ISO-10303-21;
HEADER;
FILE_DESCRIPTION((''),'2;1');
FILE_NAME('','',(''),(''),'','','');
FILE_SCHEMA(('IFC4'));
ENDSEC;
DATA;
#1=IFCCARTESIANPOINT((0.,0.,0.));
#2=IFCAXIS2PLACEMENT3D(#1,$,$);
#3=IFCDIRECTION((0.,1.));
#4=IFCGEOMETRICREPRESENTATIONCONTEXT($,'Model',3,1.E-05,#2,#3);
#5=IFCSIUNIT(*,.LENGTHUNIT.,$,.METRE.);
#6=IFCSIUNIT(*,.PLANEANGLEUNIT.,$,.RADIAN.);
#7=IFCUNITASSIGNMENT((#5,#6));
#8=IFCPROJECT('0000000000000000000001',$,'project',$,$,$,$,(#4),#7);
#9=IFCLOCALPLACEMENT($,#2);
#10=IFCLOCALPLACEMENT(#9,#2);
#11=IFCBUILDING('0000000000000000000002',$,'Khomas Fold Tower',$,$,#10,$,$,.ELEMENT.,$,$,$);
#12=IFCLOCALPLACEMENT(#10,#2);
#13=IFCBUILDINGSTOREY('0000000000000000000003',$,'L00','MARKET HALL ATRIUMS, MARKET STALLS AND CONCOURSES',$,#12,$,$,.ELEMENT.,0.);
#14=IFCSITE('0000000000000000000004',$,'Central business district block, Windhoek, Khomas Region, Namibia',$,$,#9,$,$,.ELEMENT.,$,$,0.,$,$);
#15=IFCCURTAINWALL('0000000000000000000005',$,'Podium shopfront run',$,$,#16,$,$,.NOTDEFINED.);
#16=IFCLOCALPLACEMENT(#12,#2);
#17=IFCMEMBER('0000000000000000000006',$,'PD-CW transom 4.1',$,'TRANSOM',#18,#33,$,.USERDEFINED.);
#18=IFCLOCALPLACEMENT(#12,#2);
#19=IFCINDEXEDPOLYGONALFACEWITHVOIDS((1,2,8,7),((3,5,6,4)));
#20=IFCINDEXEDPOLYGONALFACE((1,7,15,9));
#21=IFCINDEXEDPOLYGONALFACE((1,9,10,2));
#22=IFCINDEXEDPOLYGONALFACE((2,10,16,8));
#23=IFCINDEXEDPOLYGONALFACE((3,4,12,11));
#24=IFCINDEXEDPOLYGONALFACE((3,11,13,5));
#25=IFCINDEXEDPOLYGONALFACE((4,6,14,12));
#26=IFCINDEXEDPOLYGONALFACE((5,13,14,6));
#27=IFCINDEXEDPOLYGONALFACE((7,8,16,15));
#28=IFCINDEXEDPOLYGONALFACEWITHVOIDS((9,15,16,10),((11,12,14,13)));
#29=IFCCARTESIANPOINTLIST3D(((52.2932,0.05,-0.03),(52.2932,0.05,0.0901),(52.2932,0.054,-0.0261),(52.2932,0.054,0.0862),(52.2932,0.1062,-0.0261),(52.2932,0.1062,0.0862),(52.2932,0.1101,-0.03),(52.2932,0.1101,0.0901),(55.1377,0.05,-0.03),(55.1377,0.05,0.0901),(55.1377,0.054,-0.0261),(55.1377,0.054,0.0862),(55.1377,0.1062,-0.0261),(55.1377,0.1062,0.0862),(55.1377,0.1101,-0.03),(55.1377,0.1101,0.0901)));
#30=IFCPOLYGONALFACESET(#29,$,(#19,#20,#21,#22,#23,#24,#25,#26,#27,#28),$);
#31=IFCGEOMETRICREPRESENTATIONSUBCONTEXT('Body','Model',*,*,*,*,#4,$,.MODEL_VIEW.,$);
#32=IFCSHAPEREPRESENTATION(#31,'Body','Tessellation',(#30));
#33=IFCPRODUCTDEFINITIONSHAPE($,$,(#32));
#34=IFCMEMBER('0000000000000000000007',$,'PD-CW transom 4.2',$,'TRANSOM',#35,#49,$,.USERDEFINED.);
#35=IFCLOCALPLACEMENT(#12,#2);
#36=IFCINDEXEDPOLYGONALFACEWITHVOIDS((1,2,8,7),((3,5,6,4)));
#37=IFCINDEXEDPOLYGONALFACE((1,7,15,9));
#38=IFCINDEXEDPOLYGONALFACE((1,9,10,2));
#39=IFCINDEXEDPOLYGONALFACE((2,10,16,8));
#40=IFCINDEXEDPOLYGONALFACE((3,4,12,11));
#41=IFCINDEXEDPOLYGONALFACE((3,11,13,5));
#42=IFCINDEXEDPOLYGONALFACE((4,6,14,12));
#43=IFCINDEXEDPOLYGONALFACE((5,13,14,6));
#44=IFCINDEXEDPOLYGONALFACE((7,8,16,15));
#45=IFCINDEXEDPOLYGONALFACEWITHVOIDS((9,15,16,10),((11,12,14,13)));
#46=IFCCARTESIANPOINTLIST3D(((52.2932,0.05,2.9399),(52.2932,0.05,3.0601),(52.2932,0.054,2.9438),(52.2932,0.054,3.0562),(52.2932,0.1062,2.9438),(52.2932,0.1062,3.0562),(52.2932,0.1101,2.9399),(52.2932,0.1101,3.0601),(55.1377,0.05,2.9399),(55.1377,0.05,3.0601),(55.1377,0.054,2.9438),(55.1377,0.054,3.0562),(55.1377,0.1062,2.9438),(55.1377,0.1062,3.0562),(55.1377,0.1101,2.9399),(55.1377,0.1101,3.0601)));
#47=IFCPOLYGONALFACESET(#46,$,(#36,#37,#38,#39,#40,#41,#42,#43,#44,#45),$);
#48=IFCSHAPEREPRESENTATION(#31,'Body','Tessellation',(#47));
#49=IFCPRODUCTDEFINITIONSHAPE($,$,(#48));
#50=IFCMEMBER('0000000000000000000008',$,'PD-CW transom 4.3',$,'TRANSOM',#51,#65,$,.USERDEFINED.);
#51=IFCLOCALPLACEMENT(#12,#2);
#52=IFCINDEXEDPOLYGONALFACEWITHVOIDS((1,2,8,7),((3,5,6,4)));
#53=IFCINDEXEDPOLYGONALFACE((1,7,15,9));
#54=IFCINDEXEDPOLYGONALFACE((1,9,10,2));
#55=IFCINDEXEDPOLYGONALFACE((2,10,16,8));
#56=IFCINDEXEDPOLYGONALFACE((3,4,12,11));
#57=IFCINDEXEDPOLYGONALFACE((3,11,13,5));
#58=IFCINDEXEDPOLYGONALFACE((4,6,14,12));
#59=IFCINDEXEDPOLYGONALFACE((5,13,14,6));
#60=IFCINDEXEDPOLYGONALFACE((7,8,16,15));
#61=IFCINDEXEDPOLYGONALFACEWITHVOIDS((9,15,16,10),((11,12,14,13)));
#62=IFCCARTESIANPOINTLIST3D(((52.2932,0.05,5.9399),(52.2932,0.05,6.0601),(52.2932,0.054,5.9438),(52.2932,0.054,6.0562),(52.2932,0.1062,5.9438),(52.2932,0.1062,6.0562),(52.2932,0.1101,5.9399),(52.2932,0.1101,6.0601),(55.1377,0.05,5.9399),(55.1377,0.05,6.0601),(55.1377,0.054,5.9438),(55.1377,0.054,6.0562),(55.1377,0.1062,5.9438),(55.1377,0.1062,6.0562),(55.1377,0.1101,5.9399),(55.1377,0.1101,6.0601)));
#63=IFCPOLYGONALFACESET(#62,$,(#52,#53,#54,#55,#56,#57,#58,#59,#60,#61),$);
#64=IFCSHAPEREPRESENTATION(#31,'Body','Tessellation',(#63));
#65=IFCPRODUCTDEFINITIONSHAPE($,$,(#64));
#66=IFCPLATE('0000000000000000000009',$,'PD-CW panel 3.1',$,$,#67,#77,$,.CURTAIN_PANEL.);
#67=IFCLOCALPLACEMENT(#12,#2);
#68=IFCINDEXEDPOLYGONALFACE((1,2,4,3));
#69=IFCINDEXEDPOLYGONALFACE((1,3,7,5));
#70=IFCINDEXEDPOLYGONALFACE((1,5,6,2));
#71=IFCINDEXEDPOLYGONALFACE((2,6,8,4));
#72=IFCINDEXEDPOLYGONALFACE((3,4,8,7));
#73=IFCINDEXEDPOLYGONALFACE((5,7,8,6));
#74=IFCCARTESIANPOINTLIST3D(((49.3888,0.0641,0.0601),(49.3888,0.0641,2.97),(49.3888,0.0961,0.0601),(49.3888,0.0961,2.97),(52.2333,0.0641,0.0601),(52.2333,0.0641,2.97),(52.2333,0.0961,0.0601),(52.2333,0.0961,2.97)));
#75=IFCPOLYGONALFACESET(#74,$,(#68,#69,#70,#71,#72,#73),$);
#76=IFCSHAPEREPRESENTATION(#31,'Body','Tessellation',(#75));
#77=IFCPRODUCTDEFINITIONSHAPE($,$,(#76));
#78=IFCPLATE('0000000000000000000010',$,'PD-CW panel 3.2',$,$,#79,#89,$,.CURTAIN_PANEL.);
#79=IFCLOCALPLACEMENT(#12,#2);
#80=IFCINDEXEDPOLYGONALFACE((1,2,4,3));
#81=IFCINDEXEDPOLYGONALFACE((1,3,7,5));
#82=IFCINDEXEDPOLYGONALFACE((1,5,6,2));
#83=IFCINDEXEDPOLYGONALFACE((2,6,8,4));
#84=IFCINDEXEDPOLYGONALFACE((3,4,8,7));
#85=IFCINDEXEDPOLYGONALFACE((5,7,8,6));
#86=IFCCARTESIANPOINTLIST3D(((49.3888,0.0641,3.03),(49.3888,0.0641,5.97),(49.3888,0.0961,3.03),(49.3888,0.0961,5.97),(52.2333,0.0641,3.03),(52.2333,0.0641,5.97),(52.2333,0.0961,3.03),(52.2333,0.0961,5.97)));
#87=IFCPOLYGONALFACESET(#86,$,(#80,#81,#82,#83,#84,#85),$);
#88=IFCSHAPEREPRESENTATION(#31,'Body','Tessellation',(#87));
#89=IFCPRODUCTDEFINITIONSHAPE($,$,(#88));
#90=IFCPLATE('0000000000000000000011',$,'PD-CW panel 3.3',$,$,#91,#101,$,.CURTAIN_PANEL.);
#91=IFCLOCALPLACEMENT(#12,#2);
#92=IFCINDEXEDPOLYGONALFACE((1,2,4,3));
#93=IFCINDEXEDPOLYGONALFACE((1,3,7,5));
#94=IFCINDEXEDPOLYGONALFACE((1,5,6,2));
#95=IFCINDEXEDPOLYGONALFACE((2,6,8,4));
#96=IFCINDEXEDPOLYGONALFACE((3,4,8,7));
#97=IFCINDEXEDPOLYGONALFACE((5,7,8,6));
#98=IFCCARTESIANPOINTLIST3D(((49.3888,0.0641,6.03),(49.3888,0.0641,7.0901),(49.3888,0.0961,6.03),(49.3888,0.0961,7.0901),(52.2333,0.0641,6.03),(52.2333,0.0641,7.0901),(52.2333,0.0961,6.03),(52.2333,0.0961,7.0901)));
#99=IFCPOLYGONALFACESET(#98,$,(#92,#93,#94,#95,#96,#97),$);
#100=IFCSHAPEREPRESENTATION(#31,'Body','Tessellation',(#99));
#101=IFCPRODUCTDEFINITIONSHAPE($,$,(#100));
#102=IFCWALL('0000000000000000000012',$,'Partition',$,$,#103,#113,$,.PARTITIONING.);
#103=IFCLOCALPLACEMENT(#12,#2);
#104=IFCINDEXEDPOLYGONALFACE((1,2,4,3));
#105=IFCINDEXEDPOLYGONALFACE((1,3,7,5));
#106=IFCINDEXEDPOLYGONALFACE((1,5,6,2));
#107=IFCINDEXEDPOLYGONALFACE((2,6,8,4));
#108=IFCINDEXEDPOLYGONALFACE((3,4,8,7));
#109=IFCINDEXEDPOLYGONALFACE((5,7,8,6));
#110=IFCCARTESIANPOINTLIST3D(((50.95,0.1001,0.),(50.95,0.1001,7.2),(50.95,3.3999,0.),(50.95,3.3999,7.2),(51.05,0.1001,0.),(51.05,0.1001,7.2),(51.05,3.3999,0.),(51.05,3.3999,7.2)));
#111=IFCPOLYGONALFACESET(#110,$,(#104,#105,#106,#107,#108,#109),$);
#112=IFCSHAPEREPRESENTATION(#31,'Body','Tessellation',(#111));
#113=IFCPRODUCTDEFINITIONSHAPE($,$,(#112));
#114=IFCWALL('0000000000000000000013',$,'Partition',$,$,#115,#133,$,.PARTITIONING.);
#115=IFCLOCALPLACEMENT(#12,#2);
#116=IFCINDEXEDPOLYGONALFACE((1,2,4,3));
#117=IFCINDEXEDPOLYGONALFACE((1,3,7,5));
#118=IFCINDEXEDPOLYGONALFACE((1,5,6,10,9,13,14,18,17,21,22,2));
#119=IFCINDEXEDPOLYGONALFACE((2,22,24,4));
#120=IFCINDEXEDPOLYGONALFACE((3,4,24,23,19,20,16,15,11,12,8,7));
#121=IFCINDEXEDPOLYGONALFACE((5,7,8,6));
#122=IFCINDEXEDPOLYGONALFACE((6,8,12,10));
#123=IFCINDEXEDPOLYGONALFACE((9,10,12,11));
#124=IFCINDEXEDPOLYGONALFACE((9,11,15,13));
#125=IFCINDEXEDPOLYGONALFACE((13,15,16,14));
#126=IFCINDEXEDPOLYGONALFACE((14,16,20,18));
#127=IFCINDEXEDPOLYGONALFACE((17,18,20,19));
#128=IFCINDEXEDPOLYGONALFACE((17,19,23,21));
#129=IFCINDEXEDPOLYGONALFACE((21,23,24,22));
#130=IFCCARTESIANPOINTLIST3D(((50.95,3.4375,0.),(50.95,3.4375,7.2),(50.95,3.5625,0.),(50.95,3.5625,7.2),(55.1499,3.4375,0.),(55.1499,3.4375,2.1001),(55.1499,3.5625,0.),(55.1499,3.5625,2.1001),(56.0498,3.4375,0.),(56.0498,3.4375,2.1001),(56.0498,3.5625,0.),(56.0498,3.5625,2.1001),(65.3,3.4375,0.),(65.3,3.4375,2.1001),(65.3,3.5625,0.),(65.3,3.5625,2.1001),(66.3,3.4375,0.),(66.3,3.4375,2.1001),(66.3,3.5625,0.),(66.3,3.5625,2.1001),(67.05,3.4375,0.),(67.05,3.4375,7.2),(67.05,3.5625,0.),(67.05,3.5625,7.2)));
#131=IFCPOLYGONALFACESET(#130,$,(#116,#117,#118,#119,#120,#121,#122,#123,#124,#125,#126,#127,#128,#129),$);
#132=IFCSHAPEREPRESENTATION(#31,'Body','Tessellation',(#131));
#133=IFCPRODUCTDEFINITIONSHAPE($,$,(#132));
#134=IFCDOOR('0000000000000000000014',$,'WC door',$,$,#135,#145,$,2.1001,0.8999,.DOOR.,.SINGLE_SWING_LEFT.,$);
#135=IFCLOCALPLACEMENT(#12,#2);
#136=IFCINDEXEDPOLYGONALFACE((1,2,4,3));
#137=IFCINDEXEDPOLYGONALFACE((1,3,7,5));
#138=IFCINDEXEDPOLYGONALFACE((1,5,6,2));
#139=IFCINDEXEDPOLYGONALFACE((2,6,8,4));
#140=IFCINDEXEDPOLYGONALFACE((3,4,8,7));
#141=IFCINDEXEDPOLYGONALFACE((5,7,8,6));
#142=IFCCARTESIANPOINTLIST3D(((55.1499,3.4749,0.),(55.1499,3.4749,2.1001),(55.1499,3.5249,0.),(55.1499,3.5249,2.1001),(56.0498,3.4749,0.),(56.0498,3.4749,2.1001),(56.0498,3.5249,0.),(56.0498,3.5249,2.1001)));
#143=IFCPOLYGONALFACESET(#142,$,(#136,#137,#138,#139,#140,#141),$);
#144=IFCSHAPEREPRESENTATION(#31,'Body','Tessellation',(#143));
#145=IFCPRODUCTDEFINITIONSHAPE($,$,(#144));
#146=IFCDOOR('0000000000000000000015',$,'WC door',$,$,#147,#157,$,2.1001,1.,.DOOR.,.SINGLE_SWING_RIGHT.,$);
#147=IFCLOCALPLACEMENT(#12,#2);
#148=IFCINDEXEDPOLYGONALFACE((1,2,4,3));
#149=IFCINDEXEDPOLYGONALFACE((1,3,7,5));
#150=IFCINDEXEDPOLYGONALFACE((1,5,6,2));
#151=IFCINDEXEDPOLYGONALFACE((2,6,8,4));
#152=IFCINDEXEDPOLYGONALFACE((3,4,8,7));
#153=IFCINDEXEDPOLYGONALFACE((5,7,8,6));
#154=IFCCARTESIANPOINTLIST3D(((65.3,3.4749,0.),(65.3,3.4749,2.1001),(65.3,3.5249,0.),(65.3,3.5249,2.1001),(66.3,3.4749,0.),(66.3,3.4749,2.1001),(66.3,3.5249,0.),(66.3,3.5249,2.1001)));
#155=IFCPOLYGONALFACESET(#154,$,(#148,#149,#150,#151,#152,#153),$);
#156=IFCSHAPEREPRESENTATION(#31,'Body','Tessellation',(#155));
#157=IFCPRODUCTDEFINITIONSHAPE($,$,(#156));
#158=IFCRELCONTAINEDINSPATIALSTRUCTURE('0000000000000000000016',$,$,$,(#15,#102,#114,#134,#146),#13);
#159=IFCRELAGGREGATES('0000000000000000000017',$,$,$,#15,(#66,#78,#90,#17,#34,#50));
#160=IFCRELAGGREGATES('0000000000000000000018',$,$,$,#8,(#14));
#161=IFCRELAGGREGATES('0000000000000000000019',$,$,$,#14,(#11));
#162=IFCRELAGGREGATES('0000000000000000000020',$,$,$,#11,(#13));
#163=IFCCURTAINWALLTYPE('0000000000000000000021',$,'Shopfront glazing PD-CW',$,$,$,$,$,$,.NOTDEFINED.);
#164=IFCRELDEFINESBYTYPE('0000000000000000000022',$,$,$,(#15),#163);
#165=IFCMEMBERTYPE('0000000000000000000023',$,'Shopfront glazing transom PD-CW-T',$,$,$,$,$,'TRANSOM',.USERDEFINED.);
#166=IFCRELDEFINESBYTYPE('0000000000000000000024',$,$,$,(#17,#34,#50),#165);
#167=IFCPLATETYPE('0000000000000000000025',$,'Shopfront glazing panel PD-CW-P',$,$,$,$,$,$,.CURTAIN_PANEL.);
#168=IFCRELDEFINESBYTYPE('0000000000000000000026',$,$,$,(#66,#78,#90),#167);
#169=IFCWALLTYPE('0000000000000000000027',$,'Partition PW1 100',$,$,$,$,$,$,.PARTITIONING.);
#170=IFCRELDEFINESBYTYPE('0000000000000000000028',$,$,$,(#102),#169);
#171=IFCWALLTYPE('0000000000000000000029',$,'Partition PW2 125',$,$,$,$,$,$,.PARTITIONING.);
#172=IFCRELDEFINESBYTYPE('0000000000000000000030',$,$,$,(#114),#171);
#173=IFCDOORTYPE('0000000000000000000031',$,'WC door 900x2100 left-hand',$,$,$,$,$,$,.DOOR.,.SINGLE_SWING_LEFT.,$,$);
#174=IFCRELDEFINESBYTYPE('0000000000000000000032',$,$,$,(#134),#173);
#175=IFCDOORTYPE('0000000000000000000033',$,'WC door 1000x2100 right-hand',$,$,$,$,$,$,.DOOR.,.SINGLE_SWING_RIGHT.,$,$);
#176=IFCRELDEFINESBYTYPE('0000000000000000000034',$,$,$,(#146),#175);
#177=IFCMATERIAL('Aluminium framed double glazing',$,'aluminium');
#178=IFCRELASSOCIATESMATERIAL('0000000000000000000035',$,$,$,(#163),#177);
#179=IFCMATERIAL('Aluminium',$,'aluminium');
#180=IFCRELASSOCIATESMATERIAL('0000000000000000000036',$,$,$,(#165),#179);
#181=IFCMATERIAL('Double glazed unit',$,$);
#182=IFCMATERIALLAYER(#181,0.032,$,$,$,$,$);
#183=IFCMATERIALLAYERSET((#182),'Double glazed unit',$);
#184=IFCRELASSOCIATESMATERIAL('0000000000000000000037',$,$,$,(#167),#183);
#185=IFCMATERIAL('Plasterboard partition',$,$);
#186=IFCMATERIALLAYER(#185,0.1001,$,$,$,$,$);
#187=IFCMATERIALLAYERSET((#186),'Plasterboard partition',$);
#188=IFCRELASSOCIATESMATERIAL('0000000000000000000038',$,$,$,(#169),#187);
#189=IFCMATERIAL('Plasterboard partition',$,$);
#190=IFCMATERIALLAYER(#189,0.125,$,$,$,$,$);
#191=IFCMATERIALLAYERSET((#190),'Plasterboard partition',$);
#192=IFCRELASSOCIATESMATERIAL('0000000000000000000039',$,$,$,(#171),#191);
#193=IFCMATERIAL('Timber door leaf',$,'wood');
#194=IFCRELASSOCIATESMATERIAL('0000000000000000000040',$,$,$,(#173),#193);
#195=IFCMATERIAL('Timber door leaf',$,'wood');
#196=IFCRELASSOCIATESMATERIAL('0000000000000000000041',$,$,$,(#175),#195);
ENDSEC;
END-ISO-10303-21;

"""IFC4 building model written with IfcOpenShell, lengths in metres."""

from ifc_helpers import new_model, si_unit, direction, frame, frame_2d, origin, origin_2d, place, context, subcontext, project, spatial, rectangle, hollow_rectangle, extrude, source, transform, mapped, material, layer, layer_set, material_profile, profile_set, type_object, element, fill, aggregate, save


model = new_model("IFC4")

# Units and contexts
model_context = context("Model", 3, precision=1e-05, world=origin(), true_north=direction((0.0, 1.0)))
body_context = subcontext(model_context, "Body", "Model", "MODEL_VIEW")
ifc_project = project(units=[si_unit("LENGTHUNIT", "METRE"), si_unit("PLANEANGLEUNIT", "RADIAN")], contexts=[model_context])

# Site, building, storey
site_placement = place(None, origin())
site = spatial("IfcSite", under=ifc_project, at=site_placement, Name="Central business district block, Windhoek, Khomas Region, Namibia", CompositionType="ELEMENT", RefElevation=0.0)
building_placement = place(site_placement, origin())
building = spatial("IfcBuilding", under=site, at=building_placement, Name="Khomas Fold Tower", CompositionType="ELEMENT")
storey_placement = place(building_placement, origin())
storey = spatial("IfcBuildingStorey", under=building, at=storey_placement, Name="L00", Description="MARKET HALL ATRIUMS, MARKET STALLS AND CONCOURSES", CompositionType="ELEMENT", Elevation=0.0)

# Curtain wall, members, plates
ifc_material_1 = material(Name="Aluminium framed double glazing", Category="aluminium")
curtain_wall_type = type_object("IfcCurtainWallType", Name="Shopfront glazing PD-CW", PredefinedType="NOTDEFINED", material=ifc_material_1)
curtain_wall_placement = place(storey_placement, origin())
curtain_wall = element("IfcCurtainWall", 1, at=curtain_wall_placement, inside=storey, type_object=curtain_wall_type, Name="Podium shopfront run", PredefinedType="NOTDEFINED")
ifc_material_2 = material(Name="Aluminium", Category="aluminium")
ifc_material_profile_1 = material_profile(ifc_material_2, hollow_rectangle(XDim=0.0601, YDim=0.1201, WallThickness=0.0039, at=origin_2d()), Name="Shopfront glazing transom PD-CW-T")
ifc_profile_set_1 = profile_set([ifc_material_profile_1], Name="Aluminium")
member_type_1 = type_object("IfcMemberType", Name="Shopfront glazing transom PD-CW-T", ElementType="TRANSOM", PredefinedType="USERDEFINED", material=ifc_profile_set_1)
shared_shape_1 = source(origin(), body_context, "Body", "SweptSolid", [
    extrude(hollow_rectangle(XDim=0.0601, YDim=0.1201, WallThickness=0.0039, at=origin_2d()), origin(), (0.0, 0.0, 1.0), 2.8445),
])
member_1_placement = place(storey_placement, frame((52.2932, 0.0801, 0.03), z_axis=(1.0, 0.0, 0.0), x_axis=(0.0, 1.0, 0.0)))
member_1 = element("IfcMember", 2, at=member_1_placement, type_object=member_type_1, Name="PD-CW transom 4.1", ObjectType="TRANSOM", PredefinedType="USERDEFINED", context=body_context, shape_type="MappedRepresentation", body=[
    mapped(shared_shape_1, transform((0.0, 0.0, 0.0))),
])
member_2_placement = place(storey_placement, frame((52.2932, 0.0801, 3.0), z_axis=(1.0, 0.0, 0.0), x_axis=(0.0, 1.0, 0.0)))
member_2 = element("IfcMember", 3, at=member_2_placement, type_object=member_type_1, Name="PD-CW transom 4.2", ObjectType="TRANSOM", PredefinedType="USERDEFINED", context=body_context, shape_type="MappedRepresentation", body=[
    mapped(shared_shape_1, transform((0.0, 0.0, 0.0))),
])
member_3_placement = place(storey_placement, frame((52.2932, 0.0801, 6.0), z_axis=(1.0, 0.0, 0.0), x_axis=(0.0, 1.0, 0.0)))
member_3 = element("IfcMember", 4, at=member_3_placement, type_object=member_type_1, Name="PD-CW transom 4.3", ObjectType="TRANSOM", PredefinedType="USERDEFINED", context=body_context, shape_type="MappedRepresentation", body=[
    mapped(shared_shape_1, transform((0.0, 0.0, 0.0))),
])
ifc_material_3 = material(Name="Double glazed unit")
ifc_layer_1 = layer(ifc_material_3, 0.032)
ifc_layer_set_1 = layer_set([ifc_layer_1], Name="Double glazed unit")
plate_type = type_object("IfcPlateType", Name="Shopfront glazing panel PD-CW-P", PredefinedType="CURTAIN_PANEL", material=ifc_layer_set_1)
shared_shape_2 = source(origin(), body_context, "Body", "SweptSolid", [
    extrude(rectangle(XDim=2.8445, YDim=0.032, at=origin_2d()), origin(), (0.0, 0.0, 1.0), 2.9099),
])
plate_1_placement = place(storey_placement, frame((50.811, 0.0801, 0.0601), z_axis=(0.0, 0.0, 1.0), x_axis=(1.0, 0.0, 0.0)))
plate_1 = element("IfcPlate", 5, at=plate_1_placement, type_object=plate_type, Name="PD-CW panel 3.1", PredefinedType="CURTAIN_PANEL", context=body_context, shape_type="MappedRepresentation", body=[
    mapped(shared_shape_2, transform((0.0, 0.0, 0.0))),
])
shared_shape_3 = source(origin(), body_context, "Body", "SweptSolid", [
    extrude(rectangle(XDim=2.8445, YDim=0.032, at=origin_2d()), origin(), (0.0, 0.0, 1.0), 2.9399),
])
plate_2_placement = place(storey_placement, frame((50.811, 0.0801, 3.03), z_axis=(0.0, 0.0, 1.0), x_axis=(1.0, 0.0, 0.0)))
plate_2 = element("IfcPlate", 6, at=plate_2_placement, type_object=plate_type, Name="PD-CW panel 3.2", PredefinedType="CURTAIN_PANEL", context=body_context, shape_type="MappedRepresentation", body=[
    mapped(shared_shape_3, transform((0.0, 0.0, 0.0))),
])
shared_shape_4 = source(origin(), body_context, "Body", "SweptSolid", [
    extrude(rectangle(XDim=2.8445, YDim=0.032, at=origin_2d()), origin(), (0.0, 0.0, 1.0), 1.0601),
])
plate_3_placement = place(storey_placement, frame((50.811, 0.0801, 6.03), z_axis=(0.0, 0.0, 1.0), x_axis=(1.0, 0.0, 0.0)))
plate_3 = element("IfcPlate", 7, at=plate_3_placement, type_object=plate_type, Name="PD-CW panel 3.3", PredefinedType="CURTAIN_PANEL", context=body_context, shape_type="MappedRepresentation", body=[
    mapped(shared_shape_4, transform((0.0, 0.0, 0.0))),
])
aggregate(curtain_wall, [plate_1, plate_2, plate_3, member_1, member_2, member_3])

# Wall
ifc_material_4 = material(Name="Plasterboard partition")
ifc_layer_2 = layer(ifc_material_4, 0.1001)
ifc_layer_set_2 = layer_set([ifc_layer_2], Name="Plasterboard partition")
wall_type_1 = type_object("IfcWallType", Name="Partition PW1 100", PredefinedType="PARTITIONING", material=ifc_layer_set_2)
shared_shape_5 = source(origin(), body_context, "Body", "SweptSolid", [
    extrude(rectangle(XDim=3.2998, YDim=0.1001, at=frame_2d((1.6499, 0.0))), origin(), (0.0, 0.0, 1.0), 7.2),
])
wall_1_placement = place(storey_placement, frame((51.0, 0.1001, 0.0), z_axis=(0.0, 0.0, 1.0), x_axis=(0.0, 1.0, 0.0)))
element("IfcWall", 8, at=wall_1_placement, inside=storey, type_object=wall_type_1, Name="Partition", PredefinedType="PARTITIONING", context=body_context, shape_type="MappedRepresentation", body=[
    mapped(shared_shape_5, transform((0.0, 0.0, 0.0))),
])

# Wall, openings, doors
ifc_material_5 = material(Name="Plasterboard partition")
ifc_layer_3 = layer(ifc_material_5, 0.125)
ifc_layer_set_3 = layer_set([ifc_layer_3], Name="Plasterboard partition")
wall_type_2 = type_object("IfcWallType", Name="Partition PW2 125", PredefinedType="PARTITIONING", material=ifc_layer_set_3)
shared_shape_6 = source(origin(), body_context, "Body", "SweptSolid", [
    extrude(rectangle(XDim=16.1001, YDim=0.125, at=frame_2d((8.05, 0.0))), origin(), (0.0, 0.0, 1.0), 7.2),
])
wall_2_placement = place(storey_placement, frame((50.95, 3.5, 0.0), z_axis=(0.0, 0.0, 1.0), x_axis=(1.0, 0.0, 0.0)))
wall_2 = element("IfcWall", 9, at=wall_2_placement, inside=storey, type_object=wall_type_2, Name="Partition", PredefinedType="PARTITIONING", context=body_context, shape_type="MappedRepresentation", body=[
    mapped(shared_shape_6, transform((0.0, 0.0, 0.0))),
])
shared_shape_7 = source(origin(), body_context, "Body", "SweptSolid", [
    extrude(rectangle(XDim=0.8999, YDim=2.1001, at=frame_2d((0.45, 1.05))), frame((0.0, 0.0725, 0.0), z_axis=(0.0, -1.0, 0.0), x_axis=(1.0, 0.0, 0.0)), (0.0, 0.0, 1.0), 0.145),
])
opening_1_placement = place(wall_2_placement, frame((4.2, 0.0, 0.0)))
opening_1 = element("IfcOpeningElement", 10, at=opening_1_placement, cuts=wall_2, PredefinedType="OPENING", context=body_context, shape_type="MappedRepresentation", body=[
    mapped(shared_shape_7, transform((0.0, 0.0, 0.0))),
])
shared_shape_8 = source(origin(), body_context, "Body", "SweptSolid", [
    extrude(rectangle(XDim=1.0, YDim=2.1001, at=frame_2d((0.5, 1.05))), frame((0.0, 0.0725, 0.0), z_axis=(0.0, -1.0, 0.0), x_axis=(1.0, 0.0, 0.0)), (0.0, 0.0, 1.0), 0.145),
])
opening_2_placement = place(wall_2_placement, frame((14.3501, 0.0, 0.0)))
opening_2 = element("IfcOpeningElement", 11, at=opening_2_placement, cuts=wall_2, PredefinedType="OPENING", context=body_context, shape_type="MappedRepresentation", body=[
    mapped(shared_shape_8, transform((0.0, 0.0, 0.0))),
])
ifc_material_6 = material(Name="Timber door leaf", Category="wood")
door_type_1 = type_object("IfcDoorType", Name="WC door 900x2100 left-hand", OperationType="SINGLE_SWING_LEFT", PredefinedType="DOOR", material=ifc_material_6)
shared_shape_9 = source(origin(), body_context, "Body", "SweptSolid", [
    extrude(rectangle(XDim=0.8999, YDim=2.1001, at=frame_2d((0.45, 1.05))), frame((0.0, 0.0249, 0.0), z_axis=(0.0, -1.0, 0.0), x_axis=(1.0, 0.0, 0.0)), (0.0, 0.0, 1.0), 0.05),
])
door_1_placement = place(opening_1_placement, origin())
door_1 = element("IfcDoor", 12, at=door_1_placement, inside=storey, type_object=door_type_1, Name="WC door", OperationType="SINGLE_SWING_LEFT", OverallHeight=2.1001, OverallWidth=0.8999, PredefinedType="DOOR", context=body_context, shape_type="MappedRepresentation", body=[
    mapped(shared_shape_9, transform((0.0, 0.0, 0.0))),
])
fill(opening_1, door_1)
ifc_material_7 = material(Name="Timber door leaf", Category="wood")
door_type_2 = type_object("IfcDoorType", Name="WC door 1000x2100 right-hand", OperationType="SINGLE_SWING_RIGHT", PredefinedType="DOOR", material=ifc_material_7)
shared_shape_10 = source(origin(), body_context, "Body", "SweptSolid", [
    extrude(rectangle(XDim=1.0, YDim=2.1001, at=frame_2d((0.5, 1.05))), frame((0.0, 0.0249, 0.0), z_axis=(0.0, -1.0, 0.0), x_axis=(1.0, 0.0, 0.0)), (0.0, 0.0, 1.0), 0.05),
])
door_2_placement = place(opening_2_placement, origin())
door_2 = element("IfcDoor", 13, at=door_2_placement, inside=storey, type_object=door_type_2, Name="WC door", OperationType="SINGLE_SWING_RIGHT", OverallHeight=2.1001, OverallWidth=1.0, PredefinedType="DOOR", context=body_context, shape_type="MappedRepresentation", body=[
    mapped(shared_shape_10, transform((0.0, 0.0, 0.0))),
])
fill(opening_2, door_2)

save(model, "model.ifc")
